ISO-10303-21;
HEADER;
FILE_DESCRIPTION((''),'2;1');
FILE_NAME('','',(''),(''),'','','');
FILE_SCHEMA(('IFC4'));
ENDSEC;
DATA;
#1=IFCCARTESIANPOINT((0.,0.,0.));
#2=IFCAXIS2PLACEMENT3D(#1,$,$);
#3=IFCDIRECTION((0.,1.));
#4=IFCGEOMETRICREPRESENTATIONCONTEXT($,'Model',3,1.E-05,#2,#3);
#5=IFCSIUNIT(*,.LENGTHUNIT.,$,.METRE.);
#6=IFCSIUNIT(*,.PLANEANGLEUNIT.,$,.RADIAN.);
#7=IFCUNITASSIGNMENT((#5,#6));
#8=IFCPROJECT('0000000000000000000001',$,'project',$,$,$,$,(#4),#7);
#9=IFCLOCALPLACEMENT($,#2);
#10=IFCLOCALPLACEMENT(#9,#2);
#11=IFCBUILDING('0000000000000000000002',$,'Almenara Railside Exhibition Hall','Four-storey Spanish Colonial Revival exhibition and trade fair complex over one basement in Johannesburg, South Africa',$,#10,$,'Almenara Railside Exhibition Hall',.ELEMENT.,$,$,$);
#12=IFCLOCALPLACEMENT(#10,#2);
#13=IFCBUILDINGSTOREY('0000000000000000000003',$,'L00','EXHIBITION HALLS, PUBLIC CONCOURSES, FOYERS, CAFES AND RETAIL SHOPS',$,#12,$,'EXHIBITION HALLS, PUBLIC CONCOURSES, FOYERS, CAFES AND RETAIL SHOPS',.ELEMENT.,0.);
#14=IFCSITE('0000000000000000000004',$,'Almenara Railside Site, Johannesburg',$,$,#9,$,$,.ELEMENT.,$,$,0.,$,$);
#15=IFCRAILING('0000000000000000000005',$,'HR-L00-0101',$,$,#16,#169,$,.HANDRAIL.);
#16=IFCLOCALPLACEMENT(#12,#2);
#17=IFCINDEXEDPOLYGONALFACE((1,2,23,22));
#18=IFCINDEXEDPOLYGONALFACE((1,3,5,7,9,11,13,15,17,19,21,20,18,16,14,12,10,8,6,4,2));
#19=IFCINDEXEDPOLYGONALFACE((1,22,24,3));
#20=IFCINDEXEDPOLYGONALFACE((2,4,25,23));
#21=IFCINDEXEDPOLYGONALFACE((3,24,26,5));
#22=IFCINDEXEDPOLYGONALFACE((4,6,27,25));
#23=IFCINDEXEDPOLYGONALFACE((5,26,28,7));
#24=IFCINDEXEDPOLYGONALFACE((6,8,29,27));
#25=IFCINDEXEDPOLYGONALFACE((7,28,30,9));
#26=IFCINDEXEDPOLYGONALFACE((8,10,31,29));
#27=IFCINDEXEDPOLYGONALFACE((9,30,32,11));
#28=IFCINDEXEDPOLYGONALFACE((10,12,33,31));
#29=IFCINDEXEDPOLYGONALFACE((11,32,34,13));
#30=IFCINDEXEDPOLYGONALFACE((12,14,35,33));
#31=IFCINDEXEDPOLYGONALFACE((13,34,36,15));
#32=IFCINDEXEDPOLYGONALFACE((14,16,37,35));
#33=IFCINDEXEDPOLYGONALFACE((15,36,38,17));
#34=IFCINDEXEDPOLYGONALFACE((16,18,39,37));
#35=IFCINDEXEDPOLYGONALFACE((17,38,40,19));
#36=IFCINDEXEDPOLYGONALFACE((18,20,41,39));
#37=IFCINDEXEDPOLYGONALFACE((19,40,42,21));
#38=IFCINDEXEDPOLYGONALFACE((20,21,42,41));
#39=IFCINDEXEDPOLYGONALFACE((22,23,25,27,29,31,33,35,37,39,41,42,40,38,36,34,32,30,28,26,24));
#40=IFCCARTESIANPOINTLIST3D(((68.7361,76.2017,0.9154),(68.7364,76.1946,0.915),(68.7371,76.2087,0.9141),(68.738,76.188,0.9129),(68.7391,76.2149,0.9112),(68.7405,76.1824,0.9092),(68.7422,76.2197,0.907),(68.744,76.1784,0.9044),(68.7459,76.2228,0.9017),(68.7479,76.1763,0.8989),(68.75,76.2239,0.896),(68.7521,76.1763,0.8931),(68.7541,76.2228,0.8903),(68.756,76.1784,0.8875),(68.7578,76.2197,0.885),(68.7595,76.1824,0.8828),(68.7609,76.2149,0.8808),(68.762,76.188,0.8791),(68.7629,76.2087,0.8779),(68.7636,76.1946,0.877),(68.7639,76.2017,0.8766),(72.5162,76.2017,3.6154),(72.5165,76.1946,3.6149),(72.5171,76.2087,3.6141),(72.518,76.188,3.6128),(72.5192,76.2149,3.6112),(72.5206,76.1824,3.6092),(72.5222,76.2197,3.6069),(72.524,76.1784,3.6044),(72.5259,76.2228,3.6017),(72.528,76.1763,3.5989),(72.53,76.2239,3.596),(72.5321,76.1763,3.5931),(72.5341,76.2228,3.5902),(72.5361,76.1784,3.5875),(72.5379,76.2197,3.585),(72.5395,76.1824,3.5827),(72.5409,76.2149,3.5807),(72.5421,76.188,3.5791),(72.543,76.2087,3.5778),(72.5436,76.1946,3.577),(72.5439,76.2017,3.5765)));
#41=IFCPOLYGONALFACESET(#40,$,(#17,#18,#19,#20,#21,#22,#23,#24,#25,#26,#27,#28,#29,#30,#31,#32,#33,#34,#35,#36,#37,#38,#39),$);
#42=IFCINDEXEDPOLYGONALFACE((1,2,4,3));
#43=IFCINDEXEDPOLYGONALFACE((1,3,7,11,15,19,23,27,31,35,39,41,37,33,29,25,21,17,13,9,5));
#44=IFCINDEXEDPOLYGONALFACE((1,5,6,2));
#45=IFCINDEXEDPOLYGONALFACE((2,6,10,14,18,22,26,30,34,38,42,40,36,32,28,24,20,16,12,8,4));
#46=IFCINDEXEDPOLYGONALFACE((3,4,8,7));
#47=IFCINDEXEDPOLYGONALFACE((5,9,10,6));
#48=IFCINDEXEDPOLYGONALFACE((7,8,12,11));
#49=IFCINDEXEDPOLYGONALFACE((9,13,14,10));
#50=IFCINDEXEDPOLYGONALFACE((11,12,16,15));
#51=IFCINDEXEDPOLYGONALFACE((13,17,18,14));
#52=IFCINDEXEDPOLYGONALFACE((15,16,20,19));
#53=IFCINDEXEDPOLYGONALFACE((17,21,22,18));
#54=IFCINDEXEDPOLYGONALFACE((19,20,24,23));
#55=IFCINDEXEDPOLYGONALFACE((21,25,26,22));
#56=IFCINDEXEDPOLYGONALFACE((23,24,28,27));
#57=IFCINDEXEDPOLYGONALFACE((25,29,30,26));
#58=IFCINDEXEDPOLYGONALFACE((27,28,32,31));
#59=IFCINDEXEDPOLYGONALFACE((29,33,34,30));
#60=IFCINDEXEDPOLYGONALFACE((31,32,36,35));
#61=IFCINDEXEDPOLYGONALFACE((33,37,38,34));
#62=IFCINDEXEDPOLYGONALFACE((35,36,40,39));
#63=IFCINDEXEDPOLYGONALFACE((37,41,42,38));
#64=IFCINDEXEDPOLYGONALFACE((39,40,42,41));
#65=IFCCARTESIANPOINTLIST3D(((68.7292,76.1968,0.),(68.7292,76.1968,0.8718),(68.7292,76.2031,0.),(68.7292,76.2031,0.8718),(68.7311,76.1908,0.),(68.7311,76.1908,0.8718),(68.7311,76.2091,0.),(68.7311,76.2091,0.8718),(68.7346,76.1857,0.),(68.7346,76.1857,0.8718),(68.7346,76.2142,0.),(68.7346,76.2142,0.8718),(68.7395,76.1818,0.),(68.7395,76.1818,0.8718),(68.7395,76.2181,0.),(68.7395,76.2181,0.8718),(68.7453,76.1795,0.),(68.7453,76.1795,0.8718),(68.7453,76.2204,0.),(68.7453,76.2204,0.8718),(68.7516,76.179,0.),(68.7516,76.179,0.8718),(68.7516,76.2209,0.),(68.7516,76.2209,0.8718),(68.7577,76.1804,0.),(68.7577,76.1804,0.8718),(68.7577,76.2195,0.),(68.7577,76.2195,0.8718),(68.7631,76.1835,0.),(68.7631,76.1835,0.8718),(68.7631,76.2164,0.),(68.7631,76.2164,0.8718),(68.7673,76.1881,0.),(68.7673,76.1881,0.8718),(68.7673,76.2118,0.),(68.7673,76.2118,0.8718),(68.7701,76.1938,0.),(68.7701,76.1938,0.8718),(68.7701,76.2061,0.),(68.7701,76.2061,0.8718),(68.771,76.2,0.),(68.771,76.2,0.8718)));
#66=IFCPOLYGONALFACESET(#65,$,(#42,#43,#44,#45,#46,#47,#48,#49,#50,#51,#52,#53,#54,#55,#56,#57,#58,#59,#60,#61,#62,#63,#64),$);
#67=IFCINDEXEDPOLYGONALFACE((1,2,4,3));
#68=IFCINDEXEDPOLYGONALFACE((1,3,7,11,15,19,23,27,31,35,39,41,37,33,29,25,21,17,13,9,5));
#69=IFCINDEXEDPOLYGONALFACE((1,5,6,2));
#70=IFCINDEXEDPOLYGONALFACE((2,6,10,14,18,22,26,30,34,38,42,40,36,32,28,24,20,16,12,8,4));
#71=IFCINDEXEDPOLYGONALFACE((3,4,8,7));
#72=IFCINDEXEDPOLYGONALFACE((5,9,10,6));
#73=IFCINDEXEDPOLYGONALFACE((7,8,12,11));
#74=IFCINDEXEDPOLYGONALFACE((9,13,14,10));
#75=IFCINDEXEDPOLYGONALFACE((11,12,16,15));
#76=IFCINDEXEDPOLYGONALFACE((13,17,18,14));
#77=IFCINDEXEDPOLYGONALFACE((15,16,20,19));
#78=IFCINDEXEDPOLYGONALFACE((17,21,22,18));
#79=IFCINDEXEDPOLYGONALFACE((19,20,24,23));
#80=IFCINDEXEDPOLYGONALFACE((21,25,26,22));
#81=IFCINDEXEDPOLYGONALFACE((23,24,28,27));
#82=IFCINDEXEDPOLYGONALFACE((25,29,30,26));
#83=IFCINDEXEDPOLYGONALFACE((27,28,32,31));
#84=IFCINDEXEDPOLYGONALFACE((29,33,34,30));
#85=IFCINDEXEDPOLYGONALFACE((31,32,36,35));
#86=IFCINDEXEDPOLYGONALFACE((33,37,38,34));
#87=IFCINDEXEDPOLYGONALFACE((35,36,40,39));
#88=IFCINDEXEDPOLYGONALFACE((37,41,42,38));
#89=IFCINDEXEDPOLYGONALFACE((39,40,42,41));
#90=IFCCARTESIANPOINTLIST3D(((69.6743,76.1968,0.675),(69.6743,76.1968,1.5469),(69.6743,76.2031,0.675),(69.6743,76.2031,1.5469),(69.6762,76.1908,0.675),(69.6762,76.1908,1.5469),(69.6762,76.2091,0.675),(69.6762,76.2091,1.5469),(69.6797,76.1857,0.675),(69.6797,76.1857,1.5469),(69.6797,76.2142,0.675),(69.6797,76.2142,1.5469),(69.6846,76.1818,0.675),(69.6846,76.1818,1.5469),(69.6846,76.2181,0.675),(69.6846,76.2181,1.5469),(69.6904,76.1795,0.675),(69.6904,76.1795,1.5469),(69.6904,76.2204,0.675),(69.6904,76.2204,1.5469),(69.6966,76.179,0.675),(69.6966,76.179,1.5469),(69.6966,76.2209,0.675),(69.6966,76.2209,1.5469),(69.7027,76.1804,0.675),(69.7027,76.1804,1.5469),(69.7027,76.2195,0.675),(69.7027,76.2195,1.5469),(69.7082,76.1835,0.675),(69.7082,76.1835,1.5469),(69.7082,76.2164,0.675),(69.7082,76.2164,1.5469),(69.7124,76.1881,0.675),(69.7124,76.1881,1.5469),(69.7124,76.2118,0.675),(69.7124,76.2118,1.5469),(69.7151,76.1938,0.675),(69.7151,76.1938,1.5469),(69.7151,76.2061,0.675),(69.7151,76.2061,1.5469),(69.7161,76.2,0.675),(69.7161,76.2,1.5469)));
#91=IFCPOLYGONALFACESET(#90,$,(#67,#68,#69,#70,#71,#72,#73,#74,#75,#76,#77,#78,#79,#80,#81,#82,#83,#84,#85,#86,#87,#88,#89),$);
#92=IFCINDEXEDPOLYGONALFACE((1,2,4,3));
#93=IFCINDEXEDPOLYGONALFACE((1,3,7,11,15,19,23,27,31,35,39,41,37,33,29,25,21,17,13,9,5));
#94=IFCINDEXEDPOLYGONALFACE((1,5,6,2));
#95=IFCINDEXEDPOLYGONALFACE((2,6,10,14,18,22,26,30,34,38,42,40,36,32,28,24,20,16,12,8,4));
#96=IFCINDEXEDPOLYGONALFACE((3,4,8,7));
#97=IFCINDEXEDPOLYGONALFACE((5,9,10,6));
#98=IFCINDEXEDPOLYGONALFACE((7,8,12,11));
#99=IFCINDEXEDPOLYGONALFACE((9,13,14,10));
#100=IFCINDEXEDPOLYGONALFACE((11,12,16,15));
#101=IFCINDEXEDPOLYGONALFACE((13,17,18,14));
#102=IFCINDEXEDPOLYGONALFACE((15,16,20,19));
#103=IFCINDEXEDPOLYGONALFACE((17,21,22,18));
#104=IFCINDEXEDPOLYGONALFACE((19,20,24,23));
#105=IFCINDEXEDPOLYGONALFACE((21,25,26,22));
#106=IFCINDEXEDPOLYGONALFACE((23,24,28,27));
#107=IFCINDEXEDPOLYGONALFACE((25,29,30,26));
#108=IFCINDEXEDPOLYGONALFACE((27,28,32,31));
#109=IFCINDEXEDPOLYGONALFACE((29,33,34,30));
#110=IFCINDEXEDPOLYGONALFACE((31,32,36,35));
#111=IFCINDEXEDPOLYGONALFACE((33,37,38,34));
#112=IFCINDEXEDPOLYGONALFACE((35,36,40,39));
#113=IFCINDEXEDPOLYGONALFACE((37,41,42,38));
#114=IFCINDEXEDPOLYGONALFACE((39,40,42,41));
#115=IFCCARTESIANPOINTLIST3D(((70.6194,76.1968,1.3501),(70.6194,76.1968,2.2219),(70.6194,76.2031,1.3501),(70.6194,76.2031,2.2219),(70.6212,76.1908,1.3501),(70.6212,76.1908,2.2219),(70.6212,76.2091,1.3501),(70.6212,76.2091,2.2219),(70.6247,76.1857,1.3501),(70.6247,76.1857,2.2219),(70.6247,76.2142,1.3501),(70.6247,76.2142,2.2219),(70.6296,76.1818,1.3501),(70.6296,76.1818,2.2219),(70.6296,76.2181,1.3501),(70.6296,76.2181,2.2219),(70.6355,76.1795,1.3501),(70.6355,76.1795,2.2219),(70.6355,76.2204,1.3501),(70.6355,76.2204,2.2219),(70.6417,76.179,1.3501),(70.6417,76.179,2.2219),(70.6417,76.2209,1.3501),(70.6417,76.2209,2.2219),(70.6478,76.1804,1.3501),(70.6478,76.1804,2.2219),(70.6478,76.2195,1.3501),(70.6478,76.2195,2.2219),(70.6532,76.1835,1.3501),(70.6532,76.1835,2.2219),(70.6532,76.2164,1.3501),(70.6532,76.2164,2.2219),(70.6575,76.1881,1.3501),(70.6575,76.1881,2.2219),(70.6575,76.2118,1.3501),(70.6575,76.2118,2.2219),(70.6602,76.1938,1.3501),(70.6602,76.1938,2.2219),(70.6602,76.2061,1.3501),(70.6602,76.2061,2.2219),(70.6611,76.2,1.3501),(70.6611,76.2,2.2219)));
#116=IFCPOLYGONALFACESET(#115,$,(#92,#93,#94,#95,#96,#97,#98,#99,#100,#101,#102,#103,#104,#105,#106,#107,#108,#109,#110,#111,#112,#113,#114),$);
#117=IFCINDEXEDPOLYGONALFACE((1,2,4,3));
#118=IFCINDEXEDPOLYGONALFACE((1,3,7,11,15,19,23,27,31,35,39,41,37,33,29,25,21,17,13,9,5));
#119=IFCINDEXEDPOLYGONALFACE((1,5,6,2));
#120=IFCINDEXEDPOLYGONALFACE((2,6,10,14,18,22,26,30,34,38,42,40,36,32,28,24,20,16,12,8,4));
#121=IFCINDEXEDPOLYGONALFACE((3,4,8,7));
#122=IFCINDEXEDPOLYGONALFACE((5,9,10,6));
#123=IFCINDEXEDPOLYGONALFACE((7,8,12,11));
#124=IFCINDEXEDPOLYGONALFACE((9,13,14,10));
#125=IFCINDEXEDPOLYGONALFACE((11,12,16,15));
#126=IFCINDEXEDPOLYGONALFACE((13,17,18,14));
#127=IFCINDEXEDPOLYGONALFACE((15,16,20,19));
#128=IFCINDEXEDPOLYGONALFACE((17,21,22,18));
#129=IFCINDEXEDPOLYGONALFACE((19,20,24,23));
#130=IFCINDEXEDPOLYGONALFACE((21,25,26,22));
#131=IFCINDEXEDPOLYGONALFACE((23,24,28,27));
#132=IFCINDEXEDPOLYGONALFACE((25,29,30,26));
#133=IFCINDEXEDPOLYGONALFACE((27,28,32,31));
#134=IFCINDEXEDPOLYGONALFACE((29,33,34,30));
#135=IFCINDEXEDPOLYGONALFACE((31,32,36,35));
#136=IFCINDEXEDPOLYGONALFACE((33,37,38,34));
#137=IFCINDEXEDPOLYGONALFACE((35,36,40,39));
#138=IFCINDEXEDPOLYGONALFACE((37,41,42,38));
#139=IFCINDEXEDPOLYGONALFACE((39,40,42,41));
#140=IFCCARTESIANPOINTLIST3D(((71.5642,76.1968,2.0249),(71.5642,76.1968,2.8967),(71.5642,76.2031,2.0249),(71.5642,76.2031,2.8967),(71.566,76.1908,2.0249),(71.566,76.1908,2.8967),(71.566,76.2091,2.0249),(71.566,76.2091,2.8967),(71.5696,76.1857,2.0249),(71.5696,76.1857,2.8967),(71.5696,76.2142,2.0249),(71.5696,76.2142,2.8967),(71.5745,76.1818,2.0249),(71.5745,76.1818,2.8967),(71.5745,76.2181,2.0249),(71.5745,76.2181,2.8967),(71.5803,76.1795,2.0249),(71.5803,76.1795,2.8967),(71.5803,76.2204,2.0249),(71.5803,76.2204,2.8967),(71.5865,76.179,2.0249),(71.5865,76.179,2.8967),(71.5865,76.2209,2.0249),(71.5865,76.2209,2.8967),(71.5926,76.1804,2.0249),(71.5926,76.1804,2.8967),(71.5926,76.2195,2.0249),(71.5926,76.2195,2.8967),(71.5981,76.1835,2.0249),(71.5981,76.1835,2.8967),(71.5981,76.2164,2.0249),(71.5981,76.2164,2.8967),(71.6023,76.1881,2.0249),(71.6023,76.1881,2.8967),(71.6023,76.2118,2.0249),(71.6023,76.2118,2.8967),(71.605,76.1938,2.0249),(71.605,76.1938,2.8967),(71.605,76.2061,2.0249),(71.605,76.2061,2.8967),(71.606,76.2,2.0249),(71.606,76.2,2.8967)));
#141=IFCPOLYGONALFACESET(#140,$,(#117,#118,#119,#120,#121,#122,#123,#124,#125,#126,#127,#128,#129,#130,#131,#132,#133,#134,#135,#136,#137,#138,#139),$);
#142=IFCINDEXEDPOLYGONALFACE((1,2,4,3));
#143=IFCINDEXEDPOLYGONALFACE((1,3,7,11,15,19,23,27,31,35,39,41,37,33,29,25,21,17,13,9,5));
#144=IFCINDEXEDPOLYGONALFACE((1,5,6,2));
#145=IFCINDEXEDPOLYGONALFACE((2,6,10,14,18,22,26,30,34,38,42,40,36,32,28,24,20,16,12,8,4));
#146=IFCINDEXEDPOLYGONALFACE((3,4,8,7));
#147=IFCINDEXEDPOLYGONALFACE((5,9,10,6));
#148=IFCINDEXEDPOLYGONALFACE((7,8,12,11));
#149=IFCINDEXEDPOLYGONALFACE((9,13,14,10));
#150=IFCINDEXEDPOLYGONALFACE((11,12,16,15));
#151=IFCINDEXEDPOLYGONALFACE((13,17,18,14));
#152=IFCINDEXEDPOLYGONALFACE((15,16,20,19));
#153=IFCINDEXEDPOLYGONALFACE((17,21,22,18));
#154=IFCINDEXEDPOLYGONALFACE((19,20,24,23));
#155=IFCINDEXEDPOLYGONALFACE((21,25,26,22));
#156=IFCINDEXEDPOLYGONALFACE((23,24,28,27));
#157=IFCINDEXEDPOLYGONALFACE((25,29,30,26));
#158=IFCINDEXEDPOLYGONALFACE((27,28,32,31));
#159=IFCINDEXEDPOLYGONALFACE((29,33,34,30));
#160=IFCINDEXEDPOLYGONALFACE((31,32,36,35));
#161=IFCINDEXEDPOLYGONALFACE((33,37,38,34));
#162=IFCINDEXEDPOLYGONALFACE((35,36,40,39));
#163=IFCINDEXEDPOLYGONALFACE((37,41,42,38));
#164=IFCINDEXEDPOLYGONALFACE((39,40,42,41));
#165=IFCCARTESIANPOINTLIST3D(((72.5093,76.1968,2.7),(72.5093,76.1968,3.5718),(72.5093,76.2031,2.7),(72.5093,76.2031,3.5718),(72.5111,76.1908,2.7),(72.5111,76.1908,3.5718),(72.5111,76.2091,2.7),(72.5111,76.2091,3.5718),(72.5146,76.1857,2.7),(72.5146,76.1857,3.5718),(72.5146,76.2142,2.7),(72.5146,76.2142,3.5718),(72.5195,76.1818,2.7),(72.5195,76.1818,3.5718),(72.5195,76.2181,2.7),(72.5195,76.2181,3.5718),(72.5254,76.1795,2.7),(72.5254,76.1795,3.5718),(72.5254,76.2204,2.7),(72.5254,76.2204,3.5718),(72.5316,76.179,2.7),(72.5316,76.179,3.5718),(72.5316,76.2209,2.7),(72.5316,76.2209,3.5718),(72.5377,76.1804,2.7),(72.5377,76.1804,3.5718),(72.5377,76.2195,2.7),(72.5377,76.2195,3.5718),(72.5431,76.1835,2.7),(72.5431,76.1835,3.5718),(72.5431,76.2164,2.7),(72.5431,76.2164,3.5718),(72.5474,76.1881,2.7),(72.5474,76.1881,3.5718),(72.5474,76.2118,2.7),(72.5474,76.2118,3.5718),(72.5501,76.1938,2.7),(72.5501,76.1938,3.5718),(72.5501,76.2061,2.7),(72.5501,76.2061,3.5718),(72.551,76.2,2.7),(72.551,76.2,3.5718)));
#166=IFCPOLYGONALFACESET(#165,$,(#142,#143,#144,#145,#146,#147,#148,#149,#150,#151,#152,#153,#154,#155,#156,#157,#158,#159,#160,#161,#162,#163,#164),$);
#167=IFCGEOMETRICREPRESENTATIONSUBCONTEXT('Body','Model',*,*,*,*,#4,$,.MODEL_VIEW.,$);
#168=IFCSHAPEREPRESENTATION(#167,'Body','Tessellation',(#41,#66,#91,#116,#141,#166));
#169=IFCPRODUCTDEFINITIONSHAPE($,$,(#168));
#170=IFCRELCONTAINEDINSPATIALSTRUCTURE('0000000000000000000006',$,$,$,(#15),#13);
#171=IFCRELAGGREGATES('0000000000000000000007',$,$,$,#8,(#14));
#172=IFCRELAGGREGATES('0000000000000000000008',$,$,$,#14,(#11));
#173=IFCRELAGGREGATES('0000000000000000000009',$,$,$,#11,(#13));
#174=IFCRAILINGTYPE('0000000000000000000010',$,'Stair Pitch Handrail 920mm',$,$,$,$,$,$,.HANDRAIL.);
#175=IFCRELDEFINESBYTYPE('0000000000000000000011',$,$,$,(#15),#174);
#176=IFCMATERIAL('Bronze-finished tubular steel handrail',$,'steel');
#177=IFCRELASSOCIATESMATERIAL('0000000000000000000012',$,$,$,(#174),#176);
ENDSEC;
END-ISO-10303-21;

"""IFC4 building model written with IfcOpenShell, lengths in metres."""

from ifc_helpers import new_model, si_unit, direction, frame, origin, origin_2d, place, context, subcontext, project, spatial, circle, extrude, material, type_object, element, save


model = new_model("IFC4")

# Units and contexts
model_context = context("Model", 3, precision=1e-05, world=origin(), true_north=direction((0.0, 1.0)))
body_context = subcontext(model_context, "Body", "Model", "MODEL_VIEW")
ifc_project = project(units=[si_unit("LENGTHUNIT", "METRE"), si_unit("PLANEANGLEUNIT", "RADIAN")], contexts=[model_context])

# Site, building, storey
site_placement = place(None, origin())
site = spatial("IfcSite", under=ifc_project, at=site_placement, Name="Almenara Railside Site, Johannesburg", CompositionType="ELEMENT", RefElevation=0.0)
building_placement = place(site_placement, origin())
building = spatial("IfcBuilding", under=site, at=building_placement, Name="Almenara Railside Exhibition Hall", Description="Four-storey Spanish Colonial Revival exhibition and trade fair complex over one basement in Johannesburg, South Africa", LongName="Almenara Railside Exhibition Hall", CompositionType="ELEMENT")
storey_placement = place(building_placement, origin())
storey = spatial("IfcBuildingStorey", under=building, at=storey_placement, Name="L00", Description="EXHIBITION HALLS, PUBLIC CONCOURSES, FOYERS, CAFES AND RETAIL SHOPS", LongName="EXHIBITION HALLS, PUBLIC CONCOURSES, FOYERS, CAFES AND RETAIL SHOPS", CompositionType="ELEMENT", Elevation=0.0)

# Railing
ifc_material_1 = material(Name="Bronze-finished tubular steel handrail", Category="steel")
railing_type_1 = type_object("IfcRailingType", Name="Stair Pitch Handrail 920mm", PredefinedType="HANDRAIL", material=ifc_material_1)
railing_1_placement = place(storey_placement, frame((68.75, 76.2, 0.0)))
element("IfcRailing", 1, at=railing_1_placement, inside=storey, type_object=railing_type_1, Name="HR-L00-0101", PredefinedType="HANDRAIL", context=body_context, shape_type="SweptSolid", body=[
    extrude(circle(Radius=0.0239, at=origin_2d()), frame((0.0, 0.0, 0.896), z_axis=(0.813741, 0.0, 0.581228), x_axis=(0.0, 1.0, 0.0)), (0.0, 0.0, 1.0), 4.6453),
    extrude(circle(Radius=0.021, at=origin_2d()), origin(), (0.0, 0.0, 1.0), 0.8718),
    extrude(circle(Radius=0.021, at=origin_2d()), frame((0.9451, 0.0, 0.675)), (0.0, 0.0, 1.0), 0.8718),
    extrude(circle(Radius=0.021, at=origin_2d()), frame((1.8901, 0.0, 1.3501)), (0.0, 0.0, 1.0), 0.8718),
    extrude(circle(Radius=0.021, at=origin_2d()), frame((2.835, 0.0, 2.0249)), (0.0, 0.0, 1.0), 0.8718),
    extrude(circle(Radius=0.021, at=origin_2d()), frame((3.78, 0.0, 2.7)), (0.0, 0.0, 1.0), 0.8718),
])

save(model, "model.ifc")
